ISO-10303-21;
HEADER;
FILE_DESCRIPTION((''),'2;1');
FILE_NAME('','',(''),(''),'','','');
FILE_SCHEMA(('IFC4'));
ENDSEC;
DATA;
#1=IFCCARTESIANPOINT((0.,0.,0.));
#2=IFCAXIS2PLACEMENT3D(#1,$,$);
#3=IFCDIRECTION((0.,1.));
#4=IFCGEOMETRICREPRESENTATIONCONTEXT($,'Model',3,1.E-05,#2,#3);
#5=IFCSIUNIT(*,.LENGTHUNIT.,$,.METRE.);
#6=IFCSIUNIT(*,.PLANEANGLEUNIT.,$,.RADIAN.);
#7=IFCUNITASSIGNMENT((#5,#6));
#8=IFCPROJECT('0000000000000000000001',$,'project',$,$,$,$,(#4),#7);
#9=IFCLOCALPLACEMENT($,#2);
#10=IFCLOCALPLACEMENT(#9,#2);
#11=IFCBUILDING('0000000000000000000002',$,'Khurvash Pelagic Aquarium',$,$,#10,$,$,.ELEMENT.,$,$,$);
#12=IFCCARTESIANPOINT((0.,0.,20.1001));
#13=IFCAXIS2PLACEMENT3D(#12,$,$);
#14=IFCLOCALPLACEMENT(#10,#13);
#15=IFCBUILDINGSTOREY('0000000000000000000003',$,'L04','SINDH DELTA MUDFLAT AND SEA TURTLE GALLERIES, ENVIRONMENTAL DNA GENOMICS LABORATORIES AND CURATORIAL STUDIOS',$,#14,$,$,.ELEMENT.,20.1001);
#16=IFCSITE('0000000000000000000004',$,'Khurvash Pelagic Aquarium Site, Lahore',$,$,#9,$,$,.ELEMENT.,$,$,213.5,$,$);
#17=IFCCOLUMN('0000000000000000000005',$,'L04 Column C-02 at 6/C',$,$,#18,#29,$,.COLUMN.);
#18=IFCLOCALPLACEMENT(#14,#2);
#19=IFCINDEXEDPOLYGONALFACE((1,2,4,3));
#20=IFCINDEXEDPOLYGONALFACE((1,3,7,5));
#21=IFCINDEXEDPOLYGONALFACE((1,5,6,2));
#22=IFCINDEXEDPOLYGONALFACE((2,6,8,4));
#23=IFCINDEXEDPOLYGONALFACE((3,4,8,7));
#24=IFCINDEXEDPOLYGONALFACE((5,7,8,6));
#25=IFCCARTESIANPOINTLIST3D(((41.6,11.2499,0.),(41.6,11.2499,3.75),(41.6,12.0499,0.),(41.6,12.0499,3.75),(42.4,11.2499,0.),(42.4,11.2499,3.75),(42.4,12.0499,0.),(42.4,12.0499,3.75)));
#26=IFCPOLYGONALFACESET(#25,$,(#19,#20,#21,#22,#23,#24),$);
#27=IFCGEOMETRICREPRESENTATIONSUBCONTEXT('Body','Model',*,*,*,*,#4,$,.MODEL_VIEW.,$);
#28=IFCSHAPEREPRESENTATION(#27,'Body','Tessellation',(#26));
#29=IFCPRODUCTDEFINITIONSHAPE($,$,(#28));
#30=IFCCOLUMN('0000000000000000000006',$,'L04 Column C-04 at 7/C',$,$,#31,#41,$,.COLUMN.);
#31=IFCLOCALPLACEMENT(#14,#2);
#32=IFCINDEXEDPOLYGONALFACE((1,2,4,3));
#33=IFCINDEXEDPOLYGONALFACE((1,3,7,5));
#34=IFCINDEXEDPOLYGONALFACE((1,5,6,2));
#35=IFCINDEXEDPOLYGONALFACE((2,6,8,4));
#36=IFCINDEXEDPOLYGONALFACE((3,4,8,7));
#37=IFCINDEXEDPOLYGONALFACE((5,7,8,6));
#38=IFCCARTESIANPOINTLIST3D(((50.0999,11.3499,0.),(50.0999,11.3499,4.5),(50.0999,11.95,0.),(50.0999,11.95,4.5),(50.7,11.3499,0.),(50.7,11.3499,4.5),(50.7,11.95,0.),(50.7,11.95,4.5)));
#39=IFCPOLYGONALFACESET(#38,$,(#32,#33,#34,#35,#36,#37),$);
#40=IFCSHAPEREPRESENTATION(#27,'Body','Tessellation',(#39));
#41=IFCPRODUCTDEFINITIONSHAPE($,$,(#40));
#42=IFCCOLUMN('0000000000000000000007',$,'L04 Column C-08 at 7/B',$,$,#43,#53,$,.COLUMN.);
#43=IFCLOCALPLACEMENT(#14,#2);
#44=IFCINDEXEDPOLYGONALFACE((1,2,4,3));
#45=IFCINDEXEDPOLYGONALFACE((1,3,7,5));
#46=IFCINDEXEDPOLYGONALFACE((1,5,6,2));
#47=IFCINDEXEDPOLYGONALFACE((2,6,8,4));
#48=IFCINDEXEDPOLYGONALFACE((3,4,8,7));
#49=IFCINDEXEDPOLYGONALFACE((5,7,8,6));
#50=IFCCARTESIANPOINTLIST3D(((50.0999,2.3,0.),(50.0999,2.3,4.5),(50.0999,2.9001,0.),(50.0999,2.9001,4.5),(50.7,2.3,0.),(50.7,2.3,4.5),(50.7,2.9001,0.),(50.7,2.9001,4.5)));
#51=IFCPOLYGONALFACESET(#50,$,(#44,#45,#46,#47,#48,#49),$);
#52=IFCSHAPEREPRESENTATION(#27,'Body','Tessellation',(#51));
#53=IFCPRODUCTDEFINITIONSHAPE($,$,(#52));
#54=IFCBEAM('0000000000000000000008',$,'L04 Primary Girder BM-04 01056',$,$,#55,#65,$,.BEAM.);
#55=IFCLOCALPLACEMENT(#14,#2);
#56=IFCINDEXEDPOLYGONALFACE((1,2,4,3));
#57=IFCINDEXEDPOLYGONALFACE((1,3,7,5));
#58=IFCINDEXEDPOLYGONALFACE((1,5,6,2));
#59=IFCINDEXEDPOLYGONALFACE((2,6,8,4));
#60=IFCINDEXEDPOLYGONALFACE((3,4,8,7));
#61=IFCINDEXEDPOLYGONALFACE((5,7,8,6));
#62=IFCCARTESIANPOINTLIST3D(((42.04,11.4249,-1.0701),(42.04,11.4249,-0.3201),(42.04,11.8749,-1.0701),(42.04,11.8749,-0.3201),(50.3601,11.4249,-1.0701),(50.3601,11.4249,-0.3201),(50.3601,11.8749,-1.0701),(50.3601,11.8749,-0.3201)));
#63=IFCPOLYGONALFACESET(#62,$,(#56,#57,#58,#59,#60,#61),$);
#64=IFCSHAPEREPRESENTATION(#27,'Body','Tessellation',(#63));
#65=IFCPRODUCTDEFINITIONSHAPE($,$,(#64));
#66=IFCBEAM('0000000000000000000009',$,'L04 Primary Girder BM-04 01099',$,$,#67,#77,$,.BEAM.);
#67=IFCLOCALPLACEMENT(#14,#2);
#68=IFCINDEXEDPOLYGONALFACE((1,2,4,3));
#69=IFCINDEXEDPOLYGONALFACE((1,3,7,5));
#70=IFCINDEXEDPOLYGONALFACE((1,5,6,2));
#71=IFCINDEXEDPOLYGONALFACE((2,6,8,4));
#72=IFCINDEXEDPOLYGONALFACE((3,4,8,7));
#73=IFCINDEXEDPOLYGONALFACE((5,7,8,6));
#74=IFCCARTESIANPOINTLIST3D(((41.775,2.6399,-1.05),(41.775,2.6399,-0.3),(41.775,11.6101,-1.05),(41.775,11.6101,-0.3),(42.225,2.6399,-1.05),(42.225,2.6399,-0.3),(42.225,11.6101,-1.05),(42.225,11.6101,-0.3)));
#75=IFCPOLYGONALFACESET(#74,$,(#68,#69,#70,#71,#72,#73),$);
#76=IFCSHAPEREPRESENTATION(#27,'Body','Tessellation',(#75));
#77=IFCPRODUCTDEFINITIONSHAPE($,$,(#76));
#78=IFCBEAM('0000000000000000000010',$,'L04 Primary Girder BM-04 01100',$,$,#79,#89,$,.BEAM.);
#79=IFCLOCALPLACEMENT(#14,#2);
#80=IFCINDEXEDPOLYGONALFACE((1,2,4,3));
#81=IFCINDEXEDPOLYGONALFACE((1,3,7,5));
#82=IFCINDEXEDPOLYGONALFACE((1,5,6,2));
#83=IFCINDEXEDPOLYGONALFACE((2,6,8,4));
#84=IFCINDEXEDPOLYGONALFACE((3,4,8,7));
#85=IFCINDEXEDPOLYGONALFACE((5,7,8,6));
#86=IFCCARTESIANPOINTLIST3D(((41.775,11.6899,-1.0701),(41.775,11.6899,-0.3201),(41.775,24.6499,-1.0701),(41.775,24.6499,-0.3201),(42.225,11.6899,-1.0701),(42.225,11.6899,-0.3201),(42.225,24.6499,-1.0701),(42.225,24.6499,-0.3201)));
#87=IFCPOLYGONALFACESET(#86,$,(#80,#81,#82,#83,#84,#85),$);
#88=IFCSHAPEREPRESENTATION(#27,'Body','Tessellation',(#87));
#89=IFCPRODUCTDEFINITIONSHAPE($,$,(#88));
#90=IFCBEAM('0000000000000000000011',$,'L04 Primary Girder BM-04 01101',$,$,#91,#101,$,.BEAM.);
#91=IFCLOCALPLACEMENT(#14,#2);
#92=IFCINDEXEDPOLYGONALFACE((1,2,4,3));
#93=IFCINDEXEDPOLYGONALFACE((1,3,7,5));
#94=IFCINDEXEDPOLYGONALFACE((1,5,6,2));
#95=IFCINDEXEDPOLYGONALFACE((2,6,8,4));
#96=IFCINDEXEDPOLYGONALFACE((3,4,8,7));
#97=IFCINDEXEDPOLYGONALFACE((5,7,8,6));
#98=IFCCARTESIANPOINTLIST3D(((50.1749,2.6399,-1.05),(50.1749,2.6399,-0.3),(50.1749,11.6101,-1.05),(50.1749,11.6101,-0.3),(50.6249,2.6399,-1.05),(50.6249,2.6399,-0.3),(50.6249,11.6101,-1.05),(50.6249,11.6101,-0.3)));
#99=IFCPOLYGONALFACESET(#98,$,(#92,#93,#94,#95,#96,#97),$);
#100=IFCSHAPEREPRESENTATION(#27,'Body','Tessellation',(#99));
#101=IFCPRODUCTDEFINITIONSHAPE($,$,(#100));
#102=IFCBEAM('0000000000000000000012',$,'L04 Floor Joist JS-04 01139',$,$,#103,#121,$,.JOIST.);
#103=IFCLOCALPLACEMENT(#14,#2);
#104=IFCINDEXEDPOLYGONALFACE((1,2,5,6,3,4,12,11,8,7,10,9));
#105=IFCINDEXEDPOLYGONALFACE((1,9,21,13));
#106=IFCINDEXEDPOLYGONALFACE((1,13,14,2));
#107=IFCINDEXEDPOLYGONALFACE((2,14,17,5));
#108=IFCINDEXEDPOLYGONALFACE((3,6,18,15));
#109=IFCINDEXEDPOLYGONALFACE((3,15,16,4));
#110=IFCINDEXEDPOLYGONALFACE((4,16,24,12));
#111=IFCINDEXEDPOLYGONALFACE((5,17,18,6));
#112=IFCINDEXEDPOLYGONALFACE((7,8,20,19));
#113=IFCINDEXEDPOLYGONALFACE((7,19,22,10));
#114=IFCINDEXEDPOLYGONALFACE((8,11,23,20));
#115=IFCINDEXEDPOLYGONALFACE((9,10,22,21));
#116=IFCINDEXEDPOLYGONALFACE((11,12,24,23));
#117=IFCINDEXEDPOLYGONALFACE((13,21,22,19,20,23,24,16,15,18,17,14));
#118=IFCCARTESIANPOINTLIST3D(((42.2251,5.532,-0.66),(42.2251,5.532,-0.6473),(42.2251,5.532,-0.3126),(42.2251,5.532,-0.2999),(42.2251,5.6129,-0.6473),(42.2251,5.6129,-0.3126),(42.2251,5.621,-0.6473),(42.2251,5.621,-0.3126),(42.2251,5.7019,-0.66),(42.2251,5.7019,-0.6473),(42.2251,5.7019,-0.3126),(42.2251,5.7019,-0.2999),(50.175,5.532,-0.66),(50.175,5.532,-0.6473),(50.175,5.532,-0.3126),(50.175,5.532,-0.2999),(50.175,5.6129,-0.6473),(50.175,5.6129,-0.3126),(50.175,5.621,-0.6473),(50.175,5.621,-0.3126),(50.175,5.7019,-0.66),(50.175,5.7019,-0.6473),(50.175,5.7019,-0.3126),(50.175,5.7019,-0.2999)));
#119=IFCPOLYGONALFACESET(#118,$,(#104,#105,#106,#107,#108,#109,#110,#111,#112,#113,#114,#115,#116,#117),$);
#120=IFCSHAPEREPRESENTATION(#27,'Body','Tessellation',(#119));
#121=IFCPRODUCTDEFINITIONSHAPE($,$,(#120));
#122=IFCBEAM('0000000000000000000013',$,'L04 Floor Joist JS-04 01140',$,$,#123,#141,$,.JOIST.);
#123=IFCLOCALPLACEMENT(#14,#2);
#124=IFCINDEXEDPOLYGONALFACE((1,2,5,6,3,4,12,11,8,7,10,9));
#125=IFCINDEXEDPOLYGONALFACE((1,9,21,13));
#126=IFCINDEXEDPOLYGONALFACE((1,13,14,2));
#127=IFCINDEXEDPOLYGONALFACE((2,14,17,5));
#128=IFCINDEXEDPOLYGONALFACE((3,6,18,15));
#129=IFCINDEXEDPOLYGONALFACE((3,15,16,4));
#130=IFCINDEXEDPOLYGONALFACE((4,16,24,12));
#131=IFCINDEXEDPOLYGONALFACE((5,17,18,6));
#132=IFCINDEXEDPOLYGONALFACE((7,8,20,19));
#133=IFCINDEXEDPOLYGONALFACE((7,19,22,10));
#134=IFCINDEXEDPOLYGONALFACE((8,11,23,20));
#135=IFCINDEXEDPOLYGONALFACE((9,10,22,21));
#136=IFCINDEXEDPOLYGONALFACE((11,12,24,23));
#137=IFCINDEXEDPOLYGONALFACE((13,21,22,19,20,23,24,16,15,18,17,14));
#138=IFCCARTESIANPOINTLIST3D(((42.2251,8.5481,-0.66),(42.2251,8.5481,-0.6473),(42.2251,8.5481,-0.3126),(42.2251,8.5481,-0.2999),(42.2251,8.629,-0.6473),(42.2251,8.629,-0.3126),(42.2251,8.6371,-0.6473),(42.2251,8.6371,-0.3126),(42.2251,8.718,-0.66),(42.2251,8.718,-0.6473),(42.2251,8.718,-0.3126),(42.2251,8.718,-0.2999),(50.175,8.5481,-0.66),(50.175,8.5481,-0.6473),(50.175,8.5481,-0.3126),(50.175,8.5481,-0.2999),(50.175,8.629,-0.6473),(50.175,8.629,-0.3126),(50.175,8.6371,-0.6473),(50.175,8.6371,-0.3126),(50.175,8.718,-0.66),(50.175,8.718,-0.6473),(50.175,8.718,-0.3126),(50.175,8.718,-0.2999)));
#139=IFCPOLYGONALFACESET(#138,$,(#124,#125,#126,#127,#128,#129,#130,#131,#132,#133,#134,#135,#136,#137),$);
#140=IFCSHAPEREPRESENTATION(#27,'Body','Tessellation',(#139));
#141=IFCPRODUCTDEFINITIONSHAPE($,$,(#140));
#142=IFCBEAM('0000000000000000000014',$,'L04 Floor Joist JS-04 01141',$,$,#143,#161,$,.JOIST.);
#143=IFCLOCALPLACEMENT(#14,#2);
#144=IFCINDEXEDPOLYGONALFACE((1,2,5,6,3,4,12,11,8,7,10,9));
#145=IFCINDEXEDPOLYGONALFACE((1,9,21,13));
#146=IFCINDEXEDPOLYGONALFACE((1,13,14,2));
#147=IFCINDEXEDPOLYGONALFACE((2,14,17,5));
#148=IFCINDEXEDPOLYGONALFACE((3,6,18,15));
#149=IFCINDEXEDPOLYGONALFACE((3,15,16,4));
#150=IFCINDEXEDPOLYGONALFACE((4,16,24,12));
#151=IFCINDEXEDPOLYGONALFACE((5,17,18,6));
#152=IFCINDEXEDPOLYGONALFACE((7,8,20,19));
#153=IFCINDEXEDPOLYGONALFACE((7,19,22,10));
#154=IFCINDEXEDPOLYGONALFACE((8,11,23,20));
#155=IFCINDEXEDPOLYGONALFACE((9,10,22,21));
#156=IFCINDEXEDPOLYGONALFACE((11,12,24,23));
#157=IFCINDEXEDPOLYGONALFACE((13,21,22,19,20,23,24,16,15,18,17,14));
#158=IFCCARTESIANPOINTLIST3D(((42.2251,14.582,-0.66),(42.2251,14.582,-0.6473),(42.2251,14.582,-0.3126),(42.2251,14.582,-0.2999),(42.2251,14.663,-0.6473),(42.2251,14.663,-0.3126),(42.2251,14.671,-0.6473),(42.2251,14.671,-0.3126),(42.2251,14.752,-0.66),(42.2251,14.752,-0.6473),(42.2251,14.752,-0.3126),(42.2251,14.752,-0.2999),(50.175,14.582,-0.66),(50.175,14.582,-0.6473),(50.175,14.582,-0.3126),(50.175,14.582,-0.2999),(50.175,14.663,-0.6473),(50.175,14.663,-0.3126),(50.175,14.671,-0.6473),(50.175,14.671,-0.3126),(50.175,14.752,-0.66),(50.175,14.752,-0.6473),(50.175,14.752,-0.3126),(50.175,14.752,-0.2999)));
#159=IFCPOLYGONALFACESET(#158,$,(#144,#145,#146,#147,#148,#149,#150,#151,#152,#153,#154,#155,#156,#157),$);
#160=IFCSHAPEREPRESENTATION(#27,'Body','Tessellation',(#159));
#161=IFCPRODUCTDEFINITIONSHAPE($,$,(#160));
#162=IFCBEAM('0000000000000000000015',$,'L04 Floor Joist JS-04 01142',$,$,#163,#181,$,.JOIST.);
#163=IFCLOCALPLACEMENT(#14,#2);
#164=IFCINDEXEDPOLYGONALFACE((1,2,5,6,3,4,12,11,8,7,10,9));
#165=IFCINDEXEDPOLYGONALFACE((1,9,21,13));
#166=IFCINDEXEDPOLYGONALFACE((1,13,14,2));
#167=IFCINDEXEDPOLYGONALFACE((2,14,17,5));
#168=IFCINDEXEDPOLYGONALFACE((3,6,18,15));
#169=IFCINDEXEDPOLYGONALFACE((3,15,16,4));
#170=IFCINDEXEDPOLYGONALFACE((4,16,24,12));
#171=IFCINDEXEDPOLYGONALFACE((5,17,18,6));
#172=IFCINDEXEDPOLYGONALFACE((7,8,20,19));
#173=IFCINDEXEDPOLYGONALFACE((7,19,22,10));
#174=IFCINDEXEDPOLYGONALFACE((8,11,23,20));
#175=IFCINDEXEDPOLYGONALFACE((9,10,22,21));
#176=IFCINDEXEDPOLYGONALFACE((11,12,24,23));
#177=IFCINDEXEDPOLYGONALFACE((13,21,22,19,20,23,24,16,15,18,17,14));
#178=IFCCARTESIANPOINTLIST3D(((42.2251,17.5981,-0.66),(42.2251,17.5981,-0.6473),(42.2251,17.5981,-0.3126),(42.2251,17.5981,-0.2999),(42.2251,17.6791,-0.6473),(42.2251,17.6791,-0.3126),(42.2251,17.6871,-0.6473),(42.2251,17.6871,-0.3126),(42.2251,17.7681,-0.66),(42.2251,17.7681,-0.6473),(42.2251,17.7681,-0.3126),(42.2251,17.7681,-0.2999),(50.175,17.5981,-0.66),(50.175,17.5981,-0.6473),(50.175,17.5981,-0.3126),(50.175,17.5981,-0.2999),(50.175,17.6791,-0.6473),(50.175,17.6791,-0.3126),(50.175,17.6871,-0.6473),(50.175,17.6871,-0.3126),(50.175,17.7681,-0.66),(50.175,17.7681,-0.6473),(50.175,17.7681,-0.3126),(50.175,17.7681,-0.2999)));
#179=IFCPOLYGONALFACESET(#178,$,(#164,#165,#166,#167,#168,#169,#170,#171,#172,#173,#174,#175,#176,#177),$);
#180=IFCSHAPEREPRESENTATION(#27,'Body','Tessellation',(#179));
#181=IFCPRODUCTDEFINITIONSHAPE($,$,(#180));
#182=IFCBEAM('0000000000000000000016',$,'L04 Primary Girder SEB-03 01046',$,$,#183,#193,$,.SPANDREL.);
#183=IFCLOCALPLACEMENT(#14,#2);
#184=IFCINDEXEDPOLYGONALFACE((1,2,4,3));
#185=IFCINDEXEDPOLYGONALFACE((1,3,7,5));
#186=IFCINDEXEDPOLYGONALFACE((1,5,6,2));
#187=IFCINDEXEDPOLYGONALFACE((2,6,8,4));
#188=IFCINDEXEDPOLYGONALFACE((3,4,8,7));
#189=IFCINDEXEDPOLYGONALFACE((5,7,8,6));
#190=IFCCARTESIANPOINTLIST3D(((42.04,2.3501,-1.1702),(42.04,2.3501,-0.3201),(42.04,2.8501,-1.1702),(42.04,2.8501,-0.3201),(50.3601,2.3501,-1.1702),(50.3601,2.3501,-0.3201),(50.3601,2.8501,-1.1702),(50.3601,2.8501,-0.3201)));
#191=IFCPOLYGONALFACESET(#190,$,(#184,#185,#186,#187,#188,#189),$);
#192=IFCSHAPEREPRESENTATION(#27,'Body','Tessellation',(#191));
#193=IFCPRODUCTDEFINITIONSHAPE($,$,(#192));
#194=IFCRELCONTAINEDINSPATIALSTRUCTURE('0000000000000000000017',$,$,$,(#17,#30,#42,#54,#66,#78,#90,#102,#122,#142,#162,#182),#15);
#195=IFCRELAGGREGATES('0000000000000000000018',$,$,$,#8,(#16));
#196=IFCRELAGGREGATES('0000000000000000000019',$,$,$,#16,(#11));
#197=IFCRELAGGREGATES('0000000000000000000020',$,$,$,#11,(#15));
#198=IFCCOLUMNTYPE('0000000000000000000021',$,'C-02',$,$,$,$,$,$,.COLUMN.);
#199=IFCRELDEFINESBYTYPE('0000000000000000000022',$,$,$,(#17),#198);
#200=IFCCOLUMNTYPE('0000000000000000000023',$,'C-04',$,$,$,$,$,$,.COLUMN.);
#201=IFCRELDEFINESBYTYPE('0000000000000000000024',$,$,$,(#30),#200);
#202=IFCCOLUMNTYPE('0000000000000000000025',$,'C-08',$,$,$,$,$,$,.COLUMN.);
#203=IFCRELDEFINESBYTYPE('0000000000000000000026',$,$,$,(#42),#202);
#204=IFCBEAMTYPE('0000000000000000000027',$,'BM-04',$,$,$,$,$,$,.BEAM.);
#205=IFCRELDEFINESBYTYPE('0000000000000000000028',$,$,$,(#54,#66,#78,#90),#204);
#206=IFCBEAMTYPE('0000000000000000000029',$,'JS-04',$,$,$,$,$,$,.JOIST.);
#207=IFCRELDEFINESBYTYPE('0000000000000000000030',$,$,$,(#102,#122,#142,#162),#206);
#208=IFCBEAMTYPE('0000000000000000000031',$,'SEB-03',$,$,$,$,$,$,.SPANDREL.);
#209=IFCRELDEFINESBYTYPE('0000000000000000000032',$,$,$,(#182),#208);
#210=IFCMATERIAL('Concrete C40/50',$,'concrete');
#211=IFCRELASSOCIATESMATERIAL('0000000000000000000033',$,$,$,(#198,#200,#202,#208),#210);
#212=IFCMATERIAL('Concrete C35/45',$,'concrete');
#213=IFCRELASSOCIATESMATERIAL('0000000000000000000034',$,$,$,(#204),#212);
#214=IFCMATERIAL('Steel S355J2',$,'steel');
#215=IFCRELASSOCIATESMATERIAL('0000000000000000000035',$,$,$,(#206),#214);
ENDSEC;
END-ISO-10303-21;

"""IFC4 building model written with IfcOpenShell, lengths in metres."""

from ifc_helpers import new_model, si_unit, direction, frame, origin, origin_2d, place, context, subcontext, project, spatial, rectangle, i_section, extrude, material, material_profile, profile_set, type_object, element, save


model = new_model("IFC4")

# Units and contexts
model_context = context("Model", 3, precision=1e-05, world=origin(), true_north=direction((0.0, 1.0)))
body_context = subcontext(model_context, "Body", "Model", "MODEL_VIEW")
ifc_project = project(units=[si_unit("LENGTHUNIT", "METRE"), si_unit("PLANEANGLEUNIT", "RADIAN")], contexts=[model_context])

# Site, building, storey
site_placement = place(None, origin())
site = spatial("IfcSite", under=ifc_project, at=site_placement, Name="Khurvash Pelagic Aquarium Site, Lahore", CompositionType="ELEMENT", RefElevation=213.5)
building_placement = place(site_placement, origin())
building = spatial("IfcBuilding", under=site, at=building_placement, Name="Khurvash Pelagic Aquarium", CompositionType="ELEMENT")
storey_placement = place(building_placement, frame((0.0, 0.0, 20.1001)))
storey = spatial("IfcBuildingStorey", under=building, at=storey_placement, Name="L04", Description="SINDH DELTA MUDFLAT AND SEA TURTLE GALLERIES, ENVIRONMENTAL DNA GENOMICS LABORATORIES AND CURATORIAL STUDIOS", CompositionType="ELEMENT", Elevation=20.1001)

# Columns
ifc_material_1 = material(Name="Concrete C40/50", Category="concrete")
ifc_material_profile_1 = material_profile(ifc_material_1, rectangle(XDim=0.8, YDim=0.8, at=origin_2d()), Name="RC800X800")
ifc_profile_set_1 = profile_set([ifc_material_profile_1], Name="Concrete C40/50")
column_type_1 = type_object("IfcColumnType", Name="C-02", PredefinedType="COLUMN", material=ifc_profile_set_1)
column_1_placement = place(storey_placement, frame((42.0, 11.6499, 0.0), z_axis=(0.0, 0.0, 1.0), x_axis=(1.0, 0.0, 0.0)))
element("IfcColumn", 1, at=column_1_placement, inside=storey, type_object=column_type_1, Name="L04 Column C-02 at 6/C", PredefinedType="COLUMN", context=body_context, shape_type="SweptSolid", body=[
    extrude(rectangle(XDim=0.8, YDim=0.8, at=origin_2d()), origin(), (0.0, 0.0, 1.0), 3.75),
])
ifc_material_profile_2 = material_profile(ifc_material_1, rectangle(XDim=0.6001, YDim=0.6001, at=origin_2d()), Name="RC600X600")
ifc_profile_set_2 = profile_set([ifc_material_profile_2], Name="Concrete C40/50")
column_type_2 = type_object("IfcColumnType", Name="C-04", PredefinedType="COLUMN", material=ifc_profile_set_2)
column_2_placement = place(storey_placement, frame((50.3999, 11.6499, 0.0), z_axis=(0.0, 0.0, 1.0), x_axis=(1.0, 0.0, 0.0)))
element("IfcColumn", 2, at=column_2_placement, inside=storey, type_object=column_type_2, Name="L04 Column C-04 at 7/C", PredefinedType="COLUMN", context=body_context, shape_type="SweptSolid", body=[
    extrude(rectangle(XDim=0.6001, YDim=0.6001, at=origin_2d()), origin(), (0.0, 0.0, 1.0), 4.5),
])
ifc_material_profile_3 = material_profile(ifc_material_1, rectangle(XDim=0.6001, YDim=0.6001, at=origin_2d()), Name="RC600X600")
ifc_profile_set_3 = profile_set([ifc_material_profile_3], Name="Concrete C40/50")
column_type_3 = type_object("IfcColumnType", Name="C-08", PredefinedType="COLUMN", material=ifc_profile_set_3)
column_3_placement = place(storey_placement, frame((50.3999, 2.6001, 0.0), z_axis=(0.0, 0.0, 1.0), x_axis=(1.0, 0.0, 0.0)))
element("IfcColumn", 3, at=column_3_placement, inside=storey, type_object=column_type_3, Name="L04 Column C-08 at 7/B", PredefinedType="COLUMN", context=body_context, shape_type="SweptSolid", body=[
    extrude(rectangle(XDim=0.6001, YDim=0.6001, at=origin_2d()), origin(), (0.0, 0.0, 1.0), 4.5),
])

# Beams
ifc_material_2 = material(Name="Concrete C35/45", Category="concrete")
ifc_material_profile_4 = material_profile(ifc_material_2, rectangle(XDim=0.45, YDim=0.75, at=origin_2d()), Name="RC450X750")
ifc_profile_set_4 = profile_set([ifc_material_profile_4], Name="Concrete C35/45")
beam_type_1 = type_object("IfcBeamType", Name="BM-04", PredefinedType="BEAM", material=ifc_profile_set_4)
beam_1_placement = place(storey_placement, frame((42.04, 11.6499, -0.6951), z_axis=(1.0, 0.0, 0.0), x_axis=(0.0, 1.0, 0.0)))
element("IfcBeam", 4, at=beam_1_placement, inside=storey, type_object=beam_type_1, Name="L04 Primary Girder BM-04 01056", PredefinedType="BEAM", context=body_context, shape_type="SweptSolid", body=[
    extrude(rectangle(XDim=0.45, YDim=0.75, at=origin_2d()), origin(), (0.0, 0.0, 1.0), 8.3201),
])
beam_2_placement = place(storey_placement, frame((42.0, 2.6399, -0.675), z_axis=(0.0, 1.0, 0.0), x_axis=(-1.0, 0.0, 0.0)))
element("IfcBeam", 5, at=beam_2_placement, inside=storey, type_object=beam_type_1, Name="L04 Primary Girder BM-04 01099", PredefinedType="BEAM", context=body_context, shape_type="SweptSolid", body=[
    extrude(rectangle(XDim=0.45, YDim=0.75, at=origin_2d()), origin(), (0.0, 0.0, 1.0), 8.9702),
])
beam_3_placement = place(storey_placement, frame((42.0, 11.6899, -0.6951), z_axis=(0.0, 1.0, 0.0), x_axis=(-1.0, 0.0, 0.0)))
element("IfcBeam", 6, at=beam_3_placement, inside=storey, type_object=beam_type_1, Name="L04 Primary Girder BM-04 01100", PredefinedType="BEAM", context=body_context, shape_type="SweptSolid", body=[
    extrude(rectangle(XDim=0.45, YDim=0.75, at=origin_2d()), origin(), (0.0, 0.0, 1.0), 12.96),
])
beam_4_placement = place(storey_placement, frame((50.3999, 2.6399, -0.675), z_axis=(0.0, 1.0, 0.0), x_axis=(-1.0, 0.0, 0.0)))
element("IfcBeam", 7, at=beam_4_placement, inside=storey, type_object=beam_type_1, Name="L04 Primary Girder BM-04 01101", PredefinedType="BEAM", context=body_context, shape_type="SweptSolid", body=[
    extrude(rectangle(XDim=0.45, YDim=0.75, at=origin_2d()), origin(), (0.0, 0.0, 1.0), 8.9702),
])
ifc_material_3 = material(Name="Steel S355J2", Category="steel")
ifc_material_profile_5 = material_profile(ifc_material_3, i_section(OverallWidth=0.1699, OverallDepth=0.3601, WebThickness=0.0081, FlangeThickness=0.0127, at=origin_2d()), Name="IPE360")
ifc_profile_set_5 = profile_set([ifc_material_profile_5], Name="Steel S355J2")
beam_type_2 = type_object("IfcBeamType", Name="JS-04", PredefinedType="JOIST", material=ifc_profile_set_5)
for number, where, z_axis, x_axis, name in (
    (8, (42.2251, 5.6169, -0.48), (1.0, 0.0, 0.0), (0.0, 1.0, 0.0), "L04 Floor Joist JS-04 01139"),
    (9, (42.2251, 8.6331, -0.48), (1.0, 0.0, 0.0), (0.0, 1.0, 0.0), "L04 Floor Joist JS-04 01140"),
    (10, (42.2251, 14.667, -0.48), (1.0, 0.0, 0.0), (0.0, 1.0, 0.0), "L04 Floor Joist JS-04 01141"),
    (11, (42.2251, 17.6831, -0.48), (1.0, 0.0, 0.0), (0.0, 1.0, 0.0), "L04 Floor Joist JS-04 01142"),
):
    element("IfcBeam", number, at=place(storey_placement, frame(where, z_axis=z_axis, x_axis=x_axis)), inside=storey, type_object=beam_type_2, Name=name, PredefinedType="JOIST", context=body_context, shape_type="SweptSolid", body=[
        extrude(i_section(OverallWidth=0.1699, OverallDepth=0.3601, WebThickness=0.0081, FlangeThickness=0.0127, at=origin_2d()), origin(), (0.0, 0.0, 1.0), 7.95),
    ])
ifc_material_profile_6 = material_profile(ifc_material_1, rectangle(XDim=0.5, YDim=0.8501, at=origin_2d()), Name="RC500X850")
ifc_profile_set_6 = profile_set([ifc_material_profile_6], Name="Concrete C40/50")
beam_type_3 = type_object("IfcBeamType", Name="SEB-03", PredefinedType="SPANDREL", material=ifc_profile_set_6)
beam_5_placement = place(storey_placement, frame((42.04, 2.6001, -0.7451), z_axis=(1.0, 0.0, 0.0), x_axis=(0.0, 1.0, 0.0)))
element("IfcBeam", 12, at=beam_5_placement, inside=storey, type_object=beam_type_3, Name="L04 Primary Girder SEB-03 01046", PredefinedType="SPANDREL", context=body_context, shape_type="SweptSolid", body=[
    extrude(rectangle(XDim=0.5, YDim=0.8501, at=origin_2d()), origin(), (0.0, 0.0, 1.0), 8.3201),
])

save(model, "model.ifc")
